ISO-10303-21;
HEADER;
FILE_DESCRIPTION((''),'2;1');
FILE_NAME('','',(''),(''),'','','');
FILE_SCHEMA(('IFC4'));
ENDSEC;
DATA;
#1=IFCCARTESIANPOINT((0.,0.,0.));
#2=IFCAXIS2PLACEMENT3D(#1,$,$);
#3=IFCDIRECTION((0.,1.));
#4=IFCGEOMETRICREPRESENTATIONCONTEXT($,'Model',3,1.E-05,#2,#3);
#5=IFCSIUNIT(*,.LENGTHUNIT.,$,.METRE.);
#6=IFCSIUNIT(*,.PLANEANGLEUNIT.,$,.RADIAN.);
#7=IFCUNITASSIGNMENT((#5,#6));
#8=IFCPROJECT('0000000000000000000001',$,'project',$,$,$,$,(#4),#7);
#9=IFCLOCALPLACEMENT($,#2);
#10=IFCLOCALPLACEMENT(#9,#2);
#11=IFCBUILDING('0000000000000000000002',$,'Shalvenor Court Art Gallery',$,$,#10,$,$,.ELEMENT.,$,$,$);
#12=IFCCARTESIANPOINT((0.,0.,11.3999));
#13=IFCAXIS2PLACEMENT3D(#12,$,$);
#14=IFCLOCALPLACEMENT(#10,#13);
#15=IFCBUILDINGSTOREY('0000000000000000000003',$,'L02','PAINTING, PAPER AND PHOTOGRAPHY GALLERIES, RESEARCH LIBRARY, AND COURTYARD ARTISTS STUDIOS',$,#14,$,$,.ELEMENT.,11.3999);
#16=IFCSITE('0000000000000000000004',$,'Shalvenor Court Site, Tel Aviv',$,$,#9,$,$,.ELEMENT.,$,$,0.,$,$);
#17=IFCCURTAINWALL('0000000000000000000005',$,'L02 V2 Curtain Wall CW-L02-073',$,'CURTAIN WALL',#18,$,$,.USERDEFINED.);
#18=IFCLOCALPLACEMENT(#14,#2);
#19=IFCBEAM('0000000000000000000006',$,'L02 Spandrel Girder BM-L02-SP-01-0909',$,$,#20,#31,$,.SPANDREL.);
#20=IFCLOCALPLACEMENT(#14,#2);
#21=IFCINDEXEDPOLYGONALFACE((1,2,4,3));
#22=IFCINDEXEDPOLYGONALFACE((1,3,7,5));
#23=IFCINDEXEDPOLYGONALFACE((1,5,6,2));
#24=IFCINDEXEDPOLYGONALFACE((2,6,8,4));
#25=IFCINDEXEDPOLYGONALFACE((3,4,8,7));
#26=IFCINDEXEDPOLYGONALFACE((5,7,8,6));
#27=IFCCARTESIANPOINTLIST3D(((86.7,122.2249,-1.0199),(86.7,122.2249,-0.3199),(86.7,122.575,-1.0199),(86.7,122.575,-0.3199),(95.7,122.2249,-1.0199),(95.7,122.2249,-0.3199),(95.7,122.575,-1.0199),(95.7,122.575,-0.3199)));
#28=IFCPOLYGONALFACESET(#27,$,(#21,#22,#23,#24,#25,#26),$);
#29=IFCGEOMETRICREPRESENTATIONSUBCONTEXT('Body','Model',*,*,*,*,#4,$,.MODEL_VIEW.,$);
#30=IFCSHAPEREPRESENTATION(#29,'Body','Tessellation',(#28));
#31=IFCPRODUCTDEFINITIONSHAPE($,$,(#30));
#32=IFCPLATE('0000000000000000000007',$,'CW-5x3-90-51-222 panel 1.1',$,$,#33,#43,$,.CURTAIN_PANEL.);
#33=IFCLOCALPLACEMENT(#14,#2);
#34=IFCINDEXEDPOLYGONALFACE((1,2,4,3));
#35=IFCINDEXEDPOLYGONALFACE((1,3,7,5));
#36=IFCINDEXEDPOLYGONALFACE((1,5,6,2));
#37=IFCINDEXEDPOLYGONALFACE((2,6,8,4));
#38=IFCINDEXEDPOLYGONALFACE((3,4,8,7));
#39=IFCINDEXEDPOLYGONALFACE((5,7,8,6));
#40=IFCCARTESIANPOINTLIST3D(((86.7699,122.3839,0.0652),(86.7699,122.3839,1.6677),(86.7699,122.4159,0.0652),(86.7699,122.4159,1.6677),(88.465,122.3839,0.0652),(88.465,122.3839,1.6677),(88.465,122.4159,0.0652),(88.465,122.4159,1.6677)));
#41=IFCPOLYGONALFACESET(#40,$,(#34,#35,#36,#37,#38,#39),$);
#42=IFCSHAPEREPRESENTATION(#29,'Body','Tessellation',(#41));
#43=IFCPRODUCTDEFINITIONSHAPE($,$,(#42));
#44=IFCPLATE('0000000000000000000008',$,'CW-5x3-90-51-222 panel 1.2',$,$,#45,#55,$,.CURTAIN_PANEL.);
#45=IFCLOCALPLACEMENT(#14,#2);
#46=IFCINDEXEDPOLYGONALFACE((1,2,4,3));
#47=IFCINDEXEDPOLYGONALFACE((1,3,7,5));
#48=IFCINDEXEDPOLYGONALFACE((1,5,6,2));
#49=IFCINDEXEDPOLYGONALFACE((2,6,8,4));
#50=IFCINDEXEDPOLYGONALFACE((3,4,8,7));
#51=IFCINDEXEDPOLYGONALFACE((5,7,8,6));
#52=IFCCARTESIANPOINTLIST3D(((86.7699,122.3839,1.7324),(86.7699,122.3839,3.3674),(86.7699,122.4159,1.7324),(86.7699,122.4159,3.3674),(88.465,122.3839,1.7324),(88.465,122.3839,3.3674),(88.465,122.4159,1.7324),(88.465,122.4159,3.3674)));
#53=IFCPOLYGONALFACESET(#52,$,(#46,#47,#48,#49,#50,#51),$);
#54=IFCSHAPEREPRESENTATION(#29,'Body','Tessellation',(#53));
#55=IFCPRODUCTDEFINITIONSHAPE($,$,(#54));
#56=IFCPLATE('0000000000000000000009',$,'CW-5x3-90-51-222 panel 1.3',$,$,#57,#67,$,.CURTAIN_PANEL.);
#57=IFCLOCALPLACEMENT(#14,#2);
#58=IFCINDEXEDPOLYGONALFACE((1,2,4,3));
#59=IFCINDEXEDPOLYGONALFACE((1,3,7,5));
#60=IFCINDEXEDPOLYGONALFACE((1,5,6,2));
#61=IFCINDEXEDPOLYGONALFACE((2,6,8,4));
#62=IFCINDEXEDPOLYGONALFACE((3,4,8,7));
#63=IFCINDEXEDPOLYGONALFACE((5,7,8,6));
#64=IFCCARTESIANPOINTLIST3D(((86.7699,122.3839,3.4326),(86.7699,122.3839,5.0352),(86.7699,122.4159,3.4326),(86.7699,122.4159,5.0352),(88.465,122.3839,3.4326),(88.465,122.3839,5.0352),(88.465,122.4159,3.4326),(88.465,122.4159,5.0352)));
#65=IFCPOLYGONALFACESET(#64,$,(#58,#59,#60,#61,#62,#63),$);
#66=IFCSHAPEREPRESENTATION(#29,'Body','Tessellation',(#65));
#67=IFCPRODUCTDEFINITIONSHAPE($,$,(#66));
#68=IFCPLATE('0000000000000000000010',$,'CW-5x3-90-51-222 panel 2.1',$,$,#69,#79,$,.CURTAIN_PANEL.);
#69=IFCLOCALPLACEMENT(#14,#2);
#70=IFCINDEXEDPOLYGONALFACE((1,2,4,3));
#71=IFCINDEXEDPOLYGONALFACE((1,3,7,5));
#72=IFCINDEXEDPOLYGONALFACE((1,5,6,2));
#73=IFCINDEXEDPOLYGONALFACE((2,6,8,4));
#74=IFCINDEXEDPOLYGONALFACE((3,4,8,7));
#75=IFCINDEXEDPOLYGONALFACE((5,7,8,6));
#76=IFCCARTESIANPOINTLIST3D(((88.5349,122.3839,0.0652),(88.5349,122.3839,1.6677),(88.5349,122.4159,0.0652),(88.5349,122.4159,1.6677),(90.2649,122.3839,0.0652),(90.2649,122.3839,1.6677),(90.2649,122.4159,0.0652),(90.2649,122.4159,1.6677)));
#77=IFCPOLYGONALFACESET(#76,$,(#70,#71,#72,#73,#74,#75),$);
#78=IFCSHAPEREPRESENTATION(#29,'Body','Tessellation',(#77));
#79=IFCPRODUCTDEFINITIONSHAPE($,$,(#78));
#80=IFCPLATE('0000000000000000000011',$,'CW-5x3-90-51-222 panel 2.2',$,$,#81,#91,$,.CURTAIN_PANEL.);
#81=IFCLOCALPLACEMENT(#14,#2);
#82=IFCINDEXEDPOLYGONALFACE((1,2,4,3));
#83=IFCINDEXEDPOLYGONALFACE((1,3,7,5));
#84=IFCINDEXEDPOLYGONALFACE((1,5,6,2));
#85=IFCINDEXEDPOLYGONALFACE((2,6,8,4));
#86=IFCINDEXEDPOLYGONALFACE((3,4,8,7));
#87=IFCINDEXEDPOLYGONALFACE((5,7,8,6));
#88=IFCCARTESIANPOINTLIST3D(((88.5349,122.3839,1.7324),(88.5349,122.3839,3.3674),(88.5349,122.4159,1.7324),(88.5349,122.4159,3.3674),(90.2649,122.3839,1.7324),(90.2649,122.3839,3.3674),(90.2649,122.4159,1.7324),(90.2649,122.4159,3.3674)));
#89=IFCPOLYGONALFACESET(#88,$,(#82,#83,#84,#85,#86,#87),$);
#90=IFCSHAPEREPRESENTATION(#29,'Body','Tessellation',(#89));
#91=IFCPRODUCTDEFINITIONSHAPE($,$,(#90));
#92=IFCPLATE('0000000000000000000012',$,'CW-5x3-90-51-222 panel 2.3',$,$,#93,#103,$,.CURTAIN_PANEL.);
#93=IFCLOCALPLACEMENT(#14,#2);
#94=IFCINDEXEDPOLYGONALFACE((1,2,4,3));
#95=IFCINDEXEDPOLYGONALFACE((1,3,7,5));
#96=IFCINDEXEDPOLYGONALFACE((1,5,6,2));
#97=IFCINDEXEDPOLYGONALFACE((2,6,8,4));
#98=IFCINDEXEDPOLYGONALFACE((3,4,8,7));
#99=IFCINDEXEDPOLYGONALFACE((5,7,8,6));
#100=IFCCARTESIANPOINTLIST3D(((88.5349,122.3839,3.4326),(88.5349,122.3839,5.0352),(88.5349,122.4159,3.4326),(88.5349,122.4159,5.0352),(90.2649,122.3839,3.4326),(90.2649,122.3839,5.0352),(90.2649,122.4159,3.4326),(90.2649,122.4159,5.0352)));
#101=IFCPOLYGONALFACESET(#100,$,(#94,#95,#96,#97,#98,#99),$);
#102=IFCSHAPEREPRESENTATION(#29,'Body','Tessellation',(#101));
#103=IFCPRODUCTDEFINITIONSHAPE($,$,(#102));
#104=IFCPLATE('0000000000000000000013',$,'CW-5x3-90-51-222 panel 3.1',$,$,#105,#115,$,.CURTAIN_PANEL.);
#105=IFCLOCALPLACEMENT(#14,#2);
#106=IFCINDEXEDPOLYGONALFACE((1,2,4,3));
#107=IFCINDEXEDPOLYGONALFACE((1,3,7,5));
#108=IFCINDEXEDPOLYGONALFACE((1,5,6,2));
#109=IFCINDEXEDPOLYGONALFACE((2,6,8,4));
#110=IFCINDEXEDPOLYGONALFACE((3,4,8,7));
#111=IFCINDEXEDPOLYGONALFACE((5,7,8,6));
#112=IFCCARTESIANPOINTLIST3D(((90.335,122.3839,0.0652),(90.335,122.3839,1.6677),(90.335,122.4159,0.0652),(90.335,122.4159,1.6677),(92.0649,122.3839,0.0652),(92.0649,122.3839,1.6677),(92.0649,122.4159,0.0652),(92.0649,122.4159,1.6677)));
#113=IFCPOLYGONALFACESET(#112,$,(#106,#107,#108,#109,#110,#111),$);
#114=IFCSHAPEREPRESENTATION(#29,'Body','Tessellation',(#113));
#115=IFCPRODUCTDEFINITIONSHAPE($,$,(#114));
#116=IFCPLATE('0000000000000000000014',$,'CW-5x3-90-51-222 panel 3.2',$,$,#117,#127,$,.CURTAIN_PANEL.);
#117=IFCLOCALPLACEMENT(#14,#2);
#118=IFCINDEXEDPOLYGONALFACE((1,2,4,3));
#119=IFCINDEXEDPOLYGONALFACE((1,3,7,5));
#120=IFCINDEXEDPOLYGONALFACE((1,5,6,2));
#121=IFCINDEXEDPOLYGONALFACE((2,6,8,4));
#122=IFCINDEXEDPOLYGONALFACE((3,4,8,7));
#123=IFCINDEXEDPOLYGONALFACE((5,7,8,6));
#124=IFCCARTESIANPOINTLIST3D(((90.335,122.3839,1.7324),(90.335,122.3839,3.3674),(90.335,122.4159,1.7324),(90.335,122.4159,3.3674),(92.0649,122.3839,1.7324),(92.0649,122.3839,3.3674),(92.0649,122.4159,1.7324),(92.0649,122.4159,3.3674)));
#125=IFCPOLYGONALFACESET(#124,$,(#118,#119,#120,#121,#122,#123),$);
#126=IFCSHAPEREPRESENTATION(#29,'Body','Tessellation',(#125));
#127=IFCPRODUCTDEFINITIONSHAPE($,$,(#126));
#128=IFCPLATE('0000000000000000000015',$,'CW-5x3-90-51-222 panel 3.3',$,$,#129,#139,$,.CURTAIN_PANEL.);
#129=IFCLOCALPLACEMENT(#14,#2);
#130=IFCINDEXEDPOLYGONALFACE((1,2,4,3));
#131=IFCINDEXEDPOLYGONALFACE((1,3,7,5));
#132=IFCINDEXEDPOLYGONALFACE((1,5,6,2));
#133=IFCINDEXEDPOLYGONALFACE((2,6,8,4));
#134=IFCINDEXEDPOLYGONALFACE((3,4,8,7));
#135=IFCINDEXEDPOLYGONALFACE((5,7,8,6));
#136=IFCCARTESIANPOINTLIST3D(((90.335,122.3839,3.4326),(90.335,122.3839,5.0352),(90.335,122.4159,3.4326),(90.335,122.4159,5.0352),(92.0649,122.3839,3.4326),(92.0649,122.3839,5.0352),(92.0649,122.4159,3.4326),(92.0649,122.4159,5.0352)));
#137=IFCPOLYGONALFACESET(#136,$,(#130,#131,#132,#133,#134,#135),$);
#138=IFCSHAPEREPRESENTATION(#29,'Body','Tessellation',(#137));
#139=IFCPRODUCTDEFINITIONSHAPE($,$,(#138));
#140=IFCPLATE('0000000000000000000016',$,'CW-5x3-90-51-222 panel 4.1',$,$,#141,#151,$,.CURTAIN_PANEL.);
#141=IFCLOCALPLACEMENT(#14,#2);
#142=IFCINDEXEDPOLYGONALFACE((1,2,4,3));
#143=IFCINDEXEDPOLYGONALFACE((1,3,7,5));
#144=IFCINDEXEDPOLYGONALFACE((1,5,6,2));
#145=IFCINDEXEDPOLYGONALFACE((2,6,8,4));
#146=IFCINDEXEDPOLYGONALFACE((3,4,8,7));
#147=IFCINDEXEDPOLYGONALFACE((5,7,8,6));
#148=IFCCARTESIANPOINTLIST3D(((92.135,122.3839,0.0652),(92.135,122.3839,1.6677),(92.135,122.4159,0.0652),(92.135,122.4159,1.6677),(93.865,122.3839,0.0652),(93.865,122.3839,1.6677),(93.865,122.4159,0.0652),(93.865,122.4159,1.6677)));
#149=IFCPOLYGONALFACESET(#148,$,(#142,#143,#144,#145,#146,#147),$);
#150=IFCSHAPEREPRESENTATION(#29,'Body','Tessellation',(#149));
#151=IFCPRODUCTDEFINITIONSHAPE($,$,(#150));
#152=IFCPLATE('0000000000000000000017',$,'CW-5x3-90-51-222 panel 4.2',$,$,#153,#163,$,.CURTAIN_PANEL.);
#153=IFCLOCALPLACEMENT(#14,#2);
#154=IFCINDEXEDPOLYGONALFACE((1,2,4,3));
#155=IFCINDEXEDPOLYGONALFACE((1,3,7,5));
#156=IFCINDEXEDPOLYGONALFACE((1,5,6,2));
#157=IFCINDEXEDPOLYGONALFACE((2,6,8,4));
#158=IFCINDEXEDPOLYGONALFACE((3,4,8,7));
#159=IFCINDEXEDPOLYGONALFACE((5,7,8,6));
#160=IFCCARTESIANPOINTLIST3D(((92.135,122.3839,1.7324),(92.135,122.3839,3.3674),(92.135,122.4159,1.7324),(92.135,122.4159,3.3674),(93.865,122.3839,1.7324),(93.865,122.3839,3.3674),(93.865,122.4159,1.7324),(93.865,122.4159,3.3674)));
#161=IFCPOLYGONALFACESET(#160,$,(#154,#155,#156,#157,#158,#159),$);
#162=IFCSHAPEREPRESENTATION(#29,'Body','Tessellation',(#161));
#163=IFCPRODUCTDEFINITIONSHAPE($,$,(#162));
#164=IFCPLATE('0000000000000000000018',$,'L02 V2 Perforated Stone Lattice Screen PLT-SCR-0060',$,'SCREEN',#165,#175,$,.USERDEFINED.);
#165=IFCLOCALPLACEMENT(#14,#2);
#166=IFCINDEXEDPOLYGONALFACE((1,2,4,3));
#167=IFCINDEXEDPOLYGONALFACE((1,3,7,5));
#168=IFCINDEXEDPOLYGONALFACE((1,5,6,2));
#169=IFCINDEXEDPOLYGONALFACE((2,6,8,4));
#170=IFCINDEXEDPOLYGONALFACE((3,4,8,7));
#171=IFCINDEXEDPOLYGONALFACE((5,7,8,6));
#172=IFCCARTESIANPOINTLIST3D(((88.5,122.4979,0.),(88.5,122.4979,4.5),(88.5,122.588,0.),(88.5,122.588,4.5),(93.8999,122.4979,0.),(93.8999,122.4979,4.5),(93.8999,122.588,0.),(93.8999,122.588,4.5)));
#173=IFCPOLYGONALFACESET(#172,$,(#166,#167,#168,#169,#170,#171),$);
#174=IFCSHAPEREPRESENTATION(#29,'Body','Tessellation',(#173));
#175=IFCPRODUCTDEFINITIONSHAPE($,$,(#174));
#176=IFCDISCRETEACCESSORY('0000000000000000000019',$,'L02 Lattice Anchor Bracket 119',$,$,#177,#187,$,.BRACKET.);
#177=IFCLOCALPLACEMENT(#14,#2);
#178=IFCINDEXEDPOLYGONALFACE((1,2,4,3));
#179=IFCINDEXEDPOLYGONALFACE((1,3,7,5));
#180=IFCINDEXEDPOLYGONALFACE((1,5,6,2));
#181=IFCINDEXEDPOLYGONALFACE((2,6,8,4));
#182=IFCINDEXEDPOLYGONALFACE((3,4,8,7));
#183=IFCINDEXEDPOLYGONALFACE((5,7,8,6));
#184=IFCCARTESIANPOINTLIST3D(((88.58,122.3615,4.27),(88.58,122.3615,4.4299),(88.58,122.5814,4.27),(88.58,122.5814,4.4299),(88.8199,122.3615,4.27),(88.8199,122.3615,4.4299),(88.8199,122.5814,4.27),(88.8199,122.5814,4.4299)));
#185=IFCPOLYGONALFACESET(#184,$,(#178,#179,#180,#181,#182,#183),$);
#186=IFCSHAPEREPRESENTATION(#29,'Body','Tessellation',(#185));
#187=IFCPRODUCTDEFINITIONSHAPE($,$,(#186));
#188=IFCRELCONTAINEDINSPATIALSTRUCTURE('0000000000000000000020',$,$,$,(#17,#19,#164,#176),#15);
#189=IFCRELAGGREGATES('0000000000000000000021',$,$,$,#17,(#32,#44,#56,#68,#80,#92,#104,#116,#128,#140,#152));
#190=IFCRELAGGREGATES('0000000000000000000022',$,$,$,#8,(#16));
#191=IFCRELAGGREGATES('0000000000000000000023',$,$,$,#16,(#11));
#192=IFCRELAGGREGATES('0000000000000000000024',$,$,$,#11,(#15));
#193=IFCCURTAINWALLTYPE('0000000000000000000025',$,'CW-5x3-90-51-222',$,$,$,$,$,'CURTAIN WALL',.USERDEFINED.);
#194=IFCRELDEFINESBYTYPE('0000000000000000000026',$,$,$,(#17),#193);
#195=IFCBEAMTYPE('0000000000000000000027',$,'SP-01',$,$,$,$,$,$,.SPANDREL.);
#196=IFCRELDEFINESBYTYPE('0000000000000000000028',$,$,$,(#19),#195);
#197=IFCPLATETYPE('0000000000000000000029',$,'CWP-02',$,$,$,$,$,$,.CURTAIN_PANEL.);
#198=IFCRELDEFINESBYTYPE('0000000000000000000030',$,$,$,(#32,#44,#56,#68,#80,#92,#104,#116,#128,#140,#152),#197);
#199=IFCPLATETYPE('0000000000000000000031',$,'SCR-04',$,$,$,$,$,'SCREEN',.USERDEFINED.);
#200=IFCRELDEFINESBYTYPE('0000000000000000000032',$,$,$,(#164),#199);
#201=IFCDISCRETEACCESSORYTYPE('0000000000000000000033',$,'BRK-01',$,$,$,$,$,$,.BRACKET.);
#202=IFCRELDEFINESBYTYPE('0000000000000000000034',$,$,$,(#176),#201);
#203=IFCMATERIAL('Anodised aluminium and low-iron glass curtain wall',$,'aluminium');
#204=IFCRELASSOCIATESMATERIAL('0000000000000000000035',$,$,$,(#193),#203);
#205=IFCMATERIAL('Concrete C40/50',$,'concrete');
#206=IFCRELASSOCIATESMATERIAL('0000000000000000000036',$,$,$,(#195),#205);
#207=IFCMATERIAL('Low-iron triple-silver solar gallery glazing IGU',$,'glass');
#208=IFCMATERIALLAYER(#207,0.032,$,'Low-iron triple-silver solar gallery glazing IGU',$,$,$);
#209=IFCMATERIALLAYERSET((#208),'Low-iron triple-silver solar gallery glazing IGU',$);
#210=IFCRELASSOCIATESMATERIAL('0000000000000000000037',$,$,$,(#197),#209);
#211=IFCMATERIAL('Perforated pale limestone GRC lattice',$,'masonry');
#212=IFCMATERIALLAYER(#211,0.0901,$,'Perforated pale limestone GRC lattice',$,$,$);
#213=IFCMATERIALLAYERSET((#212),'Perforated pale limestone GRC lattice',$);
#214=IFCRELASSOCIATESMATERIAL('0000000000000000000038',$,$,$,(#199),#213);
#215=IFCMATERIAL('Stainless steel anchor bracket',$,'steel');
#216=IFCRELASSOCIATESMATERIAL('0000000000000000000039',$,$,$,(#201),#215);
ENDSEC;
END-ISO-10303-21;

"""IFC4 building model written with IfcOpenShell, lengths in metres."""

from ifc_helpers import new_model, si_unit, direction, frame, origin, origin_2d, place, context, subcontext, project, spatial, rectangle, extrude, material, layer, layer_set, material_profile, profile_set, type_object, element, aggregate, save


model = new_model("IFC4")

# Units and contexts
model_context = context("Model", 3, precision=1e-05, world=origin(), true_north=direction((0.0, 1.0)))
body_context = subcontext(model_context, "Body", "Model", "MODEL_VIEW")
ifc_project = project(units=[si_unit("LENGTHUNIT", "METRE"), si_unit("PLANEANGLEUNIT", "RADIAN")], contexts=[model_context])

# Site, building, storey
site_placement = place(None, origin())
site = spatial("IfcSite", under=ifc_project, at=site_placement, Name="Shalvenor Court Site, Tel Aviv", CompositionType="ELEMENT", RefElevation=0.0)
building_placement = place(site_placement, origin())
building = spatial("IfcBuilding", under=site, at=building_placement, Name="Shalvenor Court Art Gallery", CompositionType="ELEMENT")
storey_placement = place(building_placement, frame((0.0, 0.0, 11.3999)))
storey = spatial("IfcBuildingStorey", under=building, at=storey_placement, Name="L02", Description="PAINTING, PAPER AND PHOTOGRAPHY GALLERIES, RESEARCH LIBRARY, AND COURTYARD ARTISTS STUDIOS", CompositionType="ELEMENT", Elevation=11.3999)

# Curtain wall
ifc_material_1 = material(Name="Anodised aluminium and low-iron glass curtain wall", Category="aluminium")
curtain_wall_type = type_object("IfcCurtainWallType", Name="CW-5x3-90-51-222", ElementType="CURTAIN WALL", PredefinedType="USERDEFINED", material=ifc_material_1)
curtain_wall_placement = place(storey_placement, origin())
curtain_wall = element("IfcCurtainWall", 1, at=curtain_wall_placement, inside=storey, type_object=curtain_wall_type, Name="L02 V2 Curtain Wall CW-L02-073", ObjectType="CURTAIN WALL", PredefinedType="USERDEFINED")

# Beam
ifc_material_2 = material(Name="Concrete C40/50", Category="concrete")
ifc_material_profile_1 = material_profile(ifc_material_2, rectangle(XDim=0.3501, YDim=0.7, at=origin_2d()), Name="RC 350x700")
ifc_profile_set_1 = profile_set([ifc_material_profile_1], Name="Concrete C40/50")
beam_type_1 = type_object("IfcBeamType", Name="SP-01", PredefinedType="SPANDREL", material=ifc_profile_set_1)
beam_1_placement = place(storey_placement, frame((86.7, 122.3999, -0.6699), z_axis=(1.0, 0.0, 0.0), x_axis=(0.0, 1.0, 0.0)))
element("IfcBeam", 2, at=beam_1_placement, inside=storey, type_object=beam_type_1, Name="L02 Spandrel Girder BM-L02-SP-01-0909", PredefinedType="SPANDREL", context=body_context, shape_type="SweptSolid", body=[
    extrude(rectangle(XDim=0.3501, YDim=0.7, at=origin_2d()), origin(), (0.0, 0.0, 1.0), 9.0),
])

# Plates
ifc_material_3 = material(Name="Low-iron triple-silver solar gallery glazing IGU", Category="glass")
ifc_layer_1 = layer(ifc_material_3, 0.032, Name="Low-iron triple-silver solar gallery glazing IGU")
ifc_layer_set_1 = layer_set([ifc_layer_1], Name="Low-iron triple-silver solar gallery glazing IGU")
plate_type_1 = type_object("IfcPlateType", Name="CWP-02", PredefinedType="CURTAIN_PANEL", material=ifc_layer_set_1)
plate_1_placement = place(storey_placement, frame((87.6174, 122.3999, 0.0652), z_axis=(0.0, 0.0, 1.0), x_axis=(1.0, 0.0, 0.0)))
plate_1 = element("IfcPlate", 3, at=plate_1_placement, type_object=plate_type_1, Name="CW-5x3-90-51-222 panel 1.1", PredefinedType="CURTAIN_PANEL", context=body_context, shape_type="SweptSolid", body=[
    extrude(rectangle(XDim=1.6951, YDim=0.032, at=origin_2d()), origin(), (0.0, 0.0, 1.0), 1.6025),
])
plate_2_placement = place(storey_placement, frame((87.6174, 122.3999, 1.7324), z_axis=(0.0, 0.0, 1.0), x_axis=(1.0, 0.0, 0.0)))
plate_2 = element("IfcPlate", 4, at=plate_2_placement, type_object=plate_type_1, Name="CW-5x3-90-51-222 panel 1.2", PredefinedType="CURTAIN_PANEL", context=body_context, shape_type="SweptSolid", body=[
    extrude(rectangle(XDim=1.6951, YDim=0.032, at=origin_2d()), origin(), (0.0, 0.0, 1.0), 1.635),
])
plate_3_placement = place(storey_placement, frame((87.6174, 122.3999, 3.4326), z_axis=(0.0, 0.0, 1.0), x_axis=(1.0, 0.0, 0.0)))
plate_3 = element("IfcPlate", 5, at=plate_3_placement, type_object=plate_type_1, Name="CW-5x3-90-51-222 panel 1.3", PredefinedType="CURTAIN_PANEL", context=body_context, shape_type="SweptSolid", body=[
    extrude(rectangle(XDim=1.6951, YDim=0.032, at=origin_2d()), origin(), (0.0, 0.0, 1.0), 1.6025),
])
plate_4_placement = place(storey_placement, frame((89.3999, 122.3999, 0.0652), z_axis=(0.0, 0.0, 1.0), x_axis=(1.0, 0.0, 0.0)))
plate_4 = element("IfcPlate", 6, at=plate_4_placement, type_object=plate_type_1, Name="CW-5x3-90-51-222 panel 2.1", PredefinedType="CURTAIN_PANEL", context=body_context, shape_type="SweptSolid", body=[
    extrude(rectangle(XDim=1.73, YDim=0.032, at=origin_2d()), origin(), (0.0, 0.0, 1.0), 1.6025),
])
plate_5_placement = place(storey_placement, frame((89.3999, 122.3999, 1.7324), z_axis=(0.0, 0.0, 1.0), x_axis=(1.0, 0.0, 0.0)))
plate_5 = element("IfcPlate", 7, at=plate_5_placement, type_object=plate_type_1, Name="CW-5x3-90-51-222 panel 2.2", PredefinedType="CURTAIN_PANEL", context=body_context, shape_type="SweptSolid", body=[
    extrude(rectangle(XDim=1.73, YDim=0.032, at=origin_2d()), origin(), (0.0, 0.0, 1.0), 1.635),
])
plate_6_placement = place(storey_placement, frame((89.3999, 122.3999, 3.4326), z_axis=(0.0, 0.0, 1.0), x_axis=(1.0, 0.0, 0.0)))
plate_6 = element("IfcPlate", 8, at=plate_6_placement, type_object=plate_type_1, Name="CW-5x3-90-51-222 panel 2.3", PredefinedType="CURTAIN_PANEL", context=body_context, shape_type="SweptSolid", body=[
    extrude(rectangle(XDim=1.73, YDim=0.032, at=origin_2d()), origin(), (0.0, 0.0, 1.0), 1.6025),
])
plate_7_placement = place(storey_placement, frame((91.2, 122.3999, 0.0652), z_axis=(0.0, 0.0, 1.0), x_axis=(1.0, 0.0, 0.0)))
plate_7 = element("IfcPlate", 9, at=plate_7_placement, type_object=plate_type_1, Name="CW-5x3-90-51-222 panel 3.1", PredefinedType="CURTAIN_PANEL", context=body_context, shape_type="SweptSolid", body=[
    extrude(rectangle(XDim=1.73, YDim=0.032, at=origin_2d()), origin(), (0.0, 0.0, 1.0), 1.6025),
])
plate_8_placement = place(storey_placement, frame((91.2, 122.3999, 1.7324), z_axis=(0.0, 0.0, 1.0), x_axis=(1.0, 0.0, 0.0)))
plate_8 = element("IfcPlate", 10, at=plate_8_placement, type_object=plate_type_1, Name="CW-5x3-90-51-222 panel 3.2", PredefinedType="CURTAIN_PANEL", context=body_context, shape_type="SweptSolid", body=[
    extrude(rectangle(XDim=1.73, YDim=0.032, at=origin_2d()), origin(), (0.0, 0.0, 1.0), 1.635),
])
plate_9_placement = place(storey_placement, frame((91.2, 122.3999, 3.4326), z_axis=(0.0, 0.0, 1.0), x_axis=(1.0, 0.0, 0.0)))
plate_9 = element("IfcPlate", 11, at=plate_9_placement, type_object=plate_type_1, Name="CW-5x3-90-51-222 panel 3.3", PredefinedType="CURTAIN_PANEL", context=body_context, shape_type="SweptSolid", body=[
    extrude(rectangle(XDim=1.73, YDim=0.032, at=origin_2d()), origin(), (0.0, 0.0, 1.0), 1.6025),
])
plate_10_placement = place(storey_placement, frame((93.0, 122.3999, 0.0652), z_axis=(0.0, 0.0, 1.0), x_axis=(1.0, 0.0, 0.0)))
plate_10 = element("IfcPlate", 12, at=plate_10_placement, type_object=plate_type_1, Name="CW-5x3-90-51-222 panel 4.1", PredefinedType="CURTAIN_PANEL", context=body_context, shape_type="SweptSolid", body=[
    extrude(rectangle(XDim=1.73, YDim=0.032, at=origin_2d()), origin(), (0.0, 0.0, 1.0), 1.6025),
])
plate_11_placement = place(storey_placement, frame((93.0, 122.3999, 1.7324), z_axis=(0.0, 0.0, 1.0), x_axis=(1.0, 0.0, 0.0)))
plate_11 = element("IfcPlate", 13, at=plate_11_placement, type_object=plate_type_1, Name="CW-5x3-90-51-222 panel 4.2", PredefinedType="CURTAIN_PANEL", context=body_context, shape_type="SweptSolid", body=[
    extrude(rectangle(XDim=1.73, YDim=0.032, at=origin_2d()), origin(), (0.0, 0.0, 1.0), 1.635),
])
aggregate(curtain_wall, [plate_1, plate_2, plate_3, plate_4, plate_5, plate_6, plate_7, plate_8, plate_9, plate_10, plate_11])
ifc_material_4 = material(Name="Perforated pale limestone GRC lattice", Category="masonry")
ifc_layer_2 = layer(ifc_material_4, 0.0901, Name="Perforated pale limestone GRC lattice")
ifc_layer_set_2 = layer_set([ifc_layer_2], Name="Perforated pale limestone GRC lattice")
plate_type_2 = type_object("IfcPlateType", Name="SCR-04", ElementType="SCREEN", PredefinedType="USERDEFINED", material=ifc_layer_set_2)
plate_12_placement = place(storey_placement, frame((91.2, 122.543, 0.0), z_axis=(0.0, 0.0, 1.0), x_axis=(1.0, 0.0, 0.0)))
element("IfcPlate", 14, at=plate_12_placement, inside=storey, type_object=plate_type_2, Name="L02 V2 Perforated Stone Lattice Screen PLT-SCR-0060", ObjectType="SCREEN", PredefinedType="USERDEFINED", context=body_context, shape_type="SweptSolid", body=[
    extrude(rectangle(XDim=5.3999, YDim=0.0901, at=origin_2d()), origin(), (0.0, 0.0, 1.0), 4.5),
])

# Discrete accessory
ifc_material_5 = material(Name="Stainless steel anchor bracket", Category="steel")
discrete_accessory_type = type_object("IfcDiscreteAccessoryType", Name="BRK-01", PredefinedType="BRACKET", material=ifc_material_5)
discrete_accessory_placement = place(storey_placement, frame((88.7, 122.4714, 4.27), z_axis=(0.0, 0.0, 1.0), x_axis=(1.0, 0.0, 0.0)))
element("IfcDiscreteAccessory", 15, at=discrete_accessory_placement, inside=storey, type_object=discrete_accessory_type, Name="L02 Lattice Anchor Bracket 119", PredefinedType="BRACKET", context=body_context, shape_type="SweptSolid", body=[
    extrude(rectangle(XDim=0.24, YDim=0.22, at=origin_2d()), origin(), (0.0, 0.0, 1.0), 0.1599),
])

save(model, "model.ifc")
